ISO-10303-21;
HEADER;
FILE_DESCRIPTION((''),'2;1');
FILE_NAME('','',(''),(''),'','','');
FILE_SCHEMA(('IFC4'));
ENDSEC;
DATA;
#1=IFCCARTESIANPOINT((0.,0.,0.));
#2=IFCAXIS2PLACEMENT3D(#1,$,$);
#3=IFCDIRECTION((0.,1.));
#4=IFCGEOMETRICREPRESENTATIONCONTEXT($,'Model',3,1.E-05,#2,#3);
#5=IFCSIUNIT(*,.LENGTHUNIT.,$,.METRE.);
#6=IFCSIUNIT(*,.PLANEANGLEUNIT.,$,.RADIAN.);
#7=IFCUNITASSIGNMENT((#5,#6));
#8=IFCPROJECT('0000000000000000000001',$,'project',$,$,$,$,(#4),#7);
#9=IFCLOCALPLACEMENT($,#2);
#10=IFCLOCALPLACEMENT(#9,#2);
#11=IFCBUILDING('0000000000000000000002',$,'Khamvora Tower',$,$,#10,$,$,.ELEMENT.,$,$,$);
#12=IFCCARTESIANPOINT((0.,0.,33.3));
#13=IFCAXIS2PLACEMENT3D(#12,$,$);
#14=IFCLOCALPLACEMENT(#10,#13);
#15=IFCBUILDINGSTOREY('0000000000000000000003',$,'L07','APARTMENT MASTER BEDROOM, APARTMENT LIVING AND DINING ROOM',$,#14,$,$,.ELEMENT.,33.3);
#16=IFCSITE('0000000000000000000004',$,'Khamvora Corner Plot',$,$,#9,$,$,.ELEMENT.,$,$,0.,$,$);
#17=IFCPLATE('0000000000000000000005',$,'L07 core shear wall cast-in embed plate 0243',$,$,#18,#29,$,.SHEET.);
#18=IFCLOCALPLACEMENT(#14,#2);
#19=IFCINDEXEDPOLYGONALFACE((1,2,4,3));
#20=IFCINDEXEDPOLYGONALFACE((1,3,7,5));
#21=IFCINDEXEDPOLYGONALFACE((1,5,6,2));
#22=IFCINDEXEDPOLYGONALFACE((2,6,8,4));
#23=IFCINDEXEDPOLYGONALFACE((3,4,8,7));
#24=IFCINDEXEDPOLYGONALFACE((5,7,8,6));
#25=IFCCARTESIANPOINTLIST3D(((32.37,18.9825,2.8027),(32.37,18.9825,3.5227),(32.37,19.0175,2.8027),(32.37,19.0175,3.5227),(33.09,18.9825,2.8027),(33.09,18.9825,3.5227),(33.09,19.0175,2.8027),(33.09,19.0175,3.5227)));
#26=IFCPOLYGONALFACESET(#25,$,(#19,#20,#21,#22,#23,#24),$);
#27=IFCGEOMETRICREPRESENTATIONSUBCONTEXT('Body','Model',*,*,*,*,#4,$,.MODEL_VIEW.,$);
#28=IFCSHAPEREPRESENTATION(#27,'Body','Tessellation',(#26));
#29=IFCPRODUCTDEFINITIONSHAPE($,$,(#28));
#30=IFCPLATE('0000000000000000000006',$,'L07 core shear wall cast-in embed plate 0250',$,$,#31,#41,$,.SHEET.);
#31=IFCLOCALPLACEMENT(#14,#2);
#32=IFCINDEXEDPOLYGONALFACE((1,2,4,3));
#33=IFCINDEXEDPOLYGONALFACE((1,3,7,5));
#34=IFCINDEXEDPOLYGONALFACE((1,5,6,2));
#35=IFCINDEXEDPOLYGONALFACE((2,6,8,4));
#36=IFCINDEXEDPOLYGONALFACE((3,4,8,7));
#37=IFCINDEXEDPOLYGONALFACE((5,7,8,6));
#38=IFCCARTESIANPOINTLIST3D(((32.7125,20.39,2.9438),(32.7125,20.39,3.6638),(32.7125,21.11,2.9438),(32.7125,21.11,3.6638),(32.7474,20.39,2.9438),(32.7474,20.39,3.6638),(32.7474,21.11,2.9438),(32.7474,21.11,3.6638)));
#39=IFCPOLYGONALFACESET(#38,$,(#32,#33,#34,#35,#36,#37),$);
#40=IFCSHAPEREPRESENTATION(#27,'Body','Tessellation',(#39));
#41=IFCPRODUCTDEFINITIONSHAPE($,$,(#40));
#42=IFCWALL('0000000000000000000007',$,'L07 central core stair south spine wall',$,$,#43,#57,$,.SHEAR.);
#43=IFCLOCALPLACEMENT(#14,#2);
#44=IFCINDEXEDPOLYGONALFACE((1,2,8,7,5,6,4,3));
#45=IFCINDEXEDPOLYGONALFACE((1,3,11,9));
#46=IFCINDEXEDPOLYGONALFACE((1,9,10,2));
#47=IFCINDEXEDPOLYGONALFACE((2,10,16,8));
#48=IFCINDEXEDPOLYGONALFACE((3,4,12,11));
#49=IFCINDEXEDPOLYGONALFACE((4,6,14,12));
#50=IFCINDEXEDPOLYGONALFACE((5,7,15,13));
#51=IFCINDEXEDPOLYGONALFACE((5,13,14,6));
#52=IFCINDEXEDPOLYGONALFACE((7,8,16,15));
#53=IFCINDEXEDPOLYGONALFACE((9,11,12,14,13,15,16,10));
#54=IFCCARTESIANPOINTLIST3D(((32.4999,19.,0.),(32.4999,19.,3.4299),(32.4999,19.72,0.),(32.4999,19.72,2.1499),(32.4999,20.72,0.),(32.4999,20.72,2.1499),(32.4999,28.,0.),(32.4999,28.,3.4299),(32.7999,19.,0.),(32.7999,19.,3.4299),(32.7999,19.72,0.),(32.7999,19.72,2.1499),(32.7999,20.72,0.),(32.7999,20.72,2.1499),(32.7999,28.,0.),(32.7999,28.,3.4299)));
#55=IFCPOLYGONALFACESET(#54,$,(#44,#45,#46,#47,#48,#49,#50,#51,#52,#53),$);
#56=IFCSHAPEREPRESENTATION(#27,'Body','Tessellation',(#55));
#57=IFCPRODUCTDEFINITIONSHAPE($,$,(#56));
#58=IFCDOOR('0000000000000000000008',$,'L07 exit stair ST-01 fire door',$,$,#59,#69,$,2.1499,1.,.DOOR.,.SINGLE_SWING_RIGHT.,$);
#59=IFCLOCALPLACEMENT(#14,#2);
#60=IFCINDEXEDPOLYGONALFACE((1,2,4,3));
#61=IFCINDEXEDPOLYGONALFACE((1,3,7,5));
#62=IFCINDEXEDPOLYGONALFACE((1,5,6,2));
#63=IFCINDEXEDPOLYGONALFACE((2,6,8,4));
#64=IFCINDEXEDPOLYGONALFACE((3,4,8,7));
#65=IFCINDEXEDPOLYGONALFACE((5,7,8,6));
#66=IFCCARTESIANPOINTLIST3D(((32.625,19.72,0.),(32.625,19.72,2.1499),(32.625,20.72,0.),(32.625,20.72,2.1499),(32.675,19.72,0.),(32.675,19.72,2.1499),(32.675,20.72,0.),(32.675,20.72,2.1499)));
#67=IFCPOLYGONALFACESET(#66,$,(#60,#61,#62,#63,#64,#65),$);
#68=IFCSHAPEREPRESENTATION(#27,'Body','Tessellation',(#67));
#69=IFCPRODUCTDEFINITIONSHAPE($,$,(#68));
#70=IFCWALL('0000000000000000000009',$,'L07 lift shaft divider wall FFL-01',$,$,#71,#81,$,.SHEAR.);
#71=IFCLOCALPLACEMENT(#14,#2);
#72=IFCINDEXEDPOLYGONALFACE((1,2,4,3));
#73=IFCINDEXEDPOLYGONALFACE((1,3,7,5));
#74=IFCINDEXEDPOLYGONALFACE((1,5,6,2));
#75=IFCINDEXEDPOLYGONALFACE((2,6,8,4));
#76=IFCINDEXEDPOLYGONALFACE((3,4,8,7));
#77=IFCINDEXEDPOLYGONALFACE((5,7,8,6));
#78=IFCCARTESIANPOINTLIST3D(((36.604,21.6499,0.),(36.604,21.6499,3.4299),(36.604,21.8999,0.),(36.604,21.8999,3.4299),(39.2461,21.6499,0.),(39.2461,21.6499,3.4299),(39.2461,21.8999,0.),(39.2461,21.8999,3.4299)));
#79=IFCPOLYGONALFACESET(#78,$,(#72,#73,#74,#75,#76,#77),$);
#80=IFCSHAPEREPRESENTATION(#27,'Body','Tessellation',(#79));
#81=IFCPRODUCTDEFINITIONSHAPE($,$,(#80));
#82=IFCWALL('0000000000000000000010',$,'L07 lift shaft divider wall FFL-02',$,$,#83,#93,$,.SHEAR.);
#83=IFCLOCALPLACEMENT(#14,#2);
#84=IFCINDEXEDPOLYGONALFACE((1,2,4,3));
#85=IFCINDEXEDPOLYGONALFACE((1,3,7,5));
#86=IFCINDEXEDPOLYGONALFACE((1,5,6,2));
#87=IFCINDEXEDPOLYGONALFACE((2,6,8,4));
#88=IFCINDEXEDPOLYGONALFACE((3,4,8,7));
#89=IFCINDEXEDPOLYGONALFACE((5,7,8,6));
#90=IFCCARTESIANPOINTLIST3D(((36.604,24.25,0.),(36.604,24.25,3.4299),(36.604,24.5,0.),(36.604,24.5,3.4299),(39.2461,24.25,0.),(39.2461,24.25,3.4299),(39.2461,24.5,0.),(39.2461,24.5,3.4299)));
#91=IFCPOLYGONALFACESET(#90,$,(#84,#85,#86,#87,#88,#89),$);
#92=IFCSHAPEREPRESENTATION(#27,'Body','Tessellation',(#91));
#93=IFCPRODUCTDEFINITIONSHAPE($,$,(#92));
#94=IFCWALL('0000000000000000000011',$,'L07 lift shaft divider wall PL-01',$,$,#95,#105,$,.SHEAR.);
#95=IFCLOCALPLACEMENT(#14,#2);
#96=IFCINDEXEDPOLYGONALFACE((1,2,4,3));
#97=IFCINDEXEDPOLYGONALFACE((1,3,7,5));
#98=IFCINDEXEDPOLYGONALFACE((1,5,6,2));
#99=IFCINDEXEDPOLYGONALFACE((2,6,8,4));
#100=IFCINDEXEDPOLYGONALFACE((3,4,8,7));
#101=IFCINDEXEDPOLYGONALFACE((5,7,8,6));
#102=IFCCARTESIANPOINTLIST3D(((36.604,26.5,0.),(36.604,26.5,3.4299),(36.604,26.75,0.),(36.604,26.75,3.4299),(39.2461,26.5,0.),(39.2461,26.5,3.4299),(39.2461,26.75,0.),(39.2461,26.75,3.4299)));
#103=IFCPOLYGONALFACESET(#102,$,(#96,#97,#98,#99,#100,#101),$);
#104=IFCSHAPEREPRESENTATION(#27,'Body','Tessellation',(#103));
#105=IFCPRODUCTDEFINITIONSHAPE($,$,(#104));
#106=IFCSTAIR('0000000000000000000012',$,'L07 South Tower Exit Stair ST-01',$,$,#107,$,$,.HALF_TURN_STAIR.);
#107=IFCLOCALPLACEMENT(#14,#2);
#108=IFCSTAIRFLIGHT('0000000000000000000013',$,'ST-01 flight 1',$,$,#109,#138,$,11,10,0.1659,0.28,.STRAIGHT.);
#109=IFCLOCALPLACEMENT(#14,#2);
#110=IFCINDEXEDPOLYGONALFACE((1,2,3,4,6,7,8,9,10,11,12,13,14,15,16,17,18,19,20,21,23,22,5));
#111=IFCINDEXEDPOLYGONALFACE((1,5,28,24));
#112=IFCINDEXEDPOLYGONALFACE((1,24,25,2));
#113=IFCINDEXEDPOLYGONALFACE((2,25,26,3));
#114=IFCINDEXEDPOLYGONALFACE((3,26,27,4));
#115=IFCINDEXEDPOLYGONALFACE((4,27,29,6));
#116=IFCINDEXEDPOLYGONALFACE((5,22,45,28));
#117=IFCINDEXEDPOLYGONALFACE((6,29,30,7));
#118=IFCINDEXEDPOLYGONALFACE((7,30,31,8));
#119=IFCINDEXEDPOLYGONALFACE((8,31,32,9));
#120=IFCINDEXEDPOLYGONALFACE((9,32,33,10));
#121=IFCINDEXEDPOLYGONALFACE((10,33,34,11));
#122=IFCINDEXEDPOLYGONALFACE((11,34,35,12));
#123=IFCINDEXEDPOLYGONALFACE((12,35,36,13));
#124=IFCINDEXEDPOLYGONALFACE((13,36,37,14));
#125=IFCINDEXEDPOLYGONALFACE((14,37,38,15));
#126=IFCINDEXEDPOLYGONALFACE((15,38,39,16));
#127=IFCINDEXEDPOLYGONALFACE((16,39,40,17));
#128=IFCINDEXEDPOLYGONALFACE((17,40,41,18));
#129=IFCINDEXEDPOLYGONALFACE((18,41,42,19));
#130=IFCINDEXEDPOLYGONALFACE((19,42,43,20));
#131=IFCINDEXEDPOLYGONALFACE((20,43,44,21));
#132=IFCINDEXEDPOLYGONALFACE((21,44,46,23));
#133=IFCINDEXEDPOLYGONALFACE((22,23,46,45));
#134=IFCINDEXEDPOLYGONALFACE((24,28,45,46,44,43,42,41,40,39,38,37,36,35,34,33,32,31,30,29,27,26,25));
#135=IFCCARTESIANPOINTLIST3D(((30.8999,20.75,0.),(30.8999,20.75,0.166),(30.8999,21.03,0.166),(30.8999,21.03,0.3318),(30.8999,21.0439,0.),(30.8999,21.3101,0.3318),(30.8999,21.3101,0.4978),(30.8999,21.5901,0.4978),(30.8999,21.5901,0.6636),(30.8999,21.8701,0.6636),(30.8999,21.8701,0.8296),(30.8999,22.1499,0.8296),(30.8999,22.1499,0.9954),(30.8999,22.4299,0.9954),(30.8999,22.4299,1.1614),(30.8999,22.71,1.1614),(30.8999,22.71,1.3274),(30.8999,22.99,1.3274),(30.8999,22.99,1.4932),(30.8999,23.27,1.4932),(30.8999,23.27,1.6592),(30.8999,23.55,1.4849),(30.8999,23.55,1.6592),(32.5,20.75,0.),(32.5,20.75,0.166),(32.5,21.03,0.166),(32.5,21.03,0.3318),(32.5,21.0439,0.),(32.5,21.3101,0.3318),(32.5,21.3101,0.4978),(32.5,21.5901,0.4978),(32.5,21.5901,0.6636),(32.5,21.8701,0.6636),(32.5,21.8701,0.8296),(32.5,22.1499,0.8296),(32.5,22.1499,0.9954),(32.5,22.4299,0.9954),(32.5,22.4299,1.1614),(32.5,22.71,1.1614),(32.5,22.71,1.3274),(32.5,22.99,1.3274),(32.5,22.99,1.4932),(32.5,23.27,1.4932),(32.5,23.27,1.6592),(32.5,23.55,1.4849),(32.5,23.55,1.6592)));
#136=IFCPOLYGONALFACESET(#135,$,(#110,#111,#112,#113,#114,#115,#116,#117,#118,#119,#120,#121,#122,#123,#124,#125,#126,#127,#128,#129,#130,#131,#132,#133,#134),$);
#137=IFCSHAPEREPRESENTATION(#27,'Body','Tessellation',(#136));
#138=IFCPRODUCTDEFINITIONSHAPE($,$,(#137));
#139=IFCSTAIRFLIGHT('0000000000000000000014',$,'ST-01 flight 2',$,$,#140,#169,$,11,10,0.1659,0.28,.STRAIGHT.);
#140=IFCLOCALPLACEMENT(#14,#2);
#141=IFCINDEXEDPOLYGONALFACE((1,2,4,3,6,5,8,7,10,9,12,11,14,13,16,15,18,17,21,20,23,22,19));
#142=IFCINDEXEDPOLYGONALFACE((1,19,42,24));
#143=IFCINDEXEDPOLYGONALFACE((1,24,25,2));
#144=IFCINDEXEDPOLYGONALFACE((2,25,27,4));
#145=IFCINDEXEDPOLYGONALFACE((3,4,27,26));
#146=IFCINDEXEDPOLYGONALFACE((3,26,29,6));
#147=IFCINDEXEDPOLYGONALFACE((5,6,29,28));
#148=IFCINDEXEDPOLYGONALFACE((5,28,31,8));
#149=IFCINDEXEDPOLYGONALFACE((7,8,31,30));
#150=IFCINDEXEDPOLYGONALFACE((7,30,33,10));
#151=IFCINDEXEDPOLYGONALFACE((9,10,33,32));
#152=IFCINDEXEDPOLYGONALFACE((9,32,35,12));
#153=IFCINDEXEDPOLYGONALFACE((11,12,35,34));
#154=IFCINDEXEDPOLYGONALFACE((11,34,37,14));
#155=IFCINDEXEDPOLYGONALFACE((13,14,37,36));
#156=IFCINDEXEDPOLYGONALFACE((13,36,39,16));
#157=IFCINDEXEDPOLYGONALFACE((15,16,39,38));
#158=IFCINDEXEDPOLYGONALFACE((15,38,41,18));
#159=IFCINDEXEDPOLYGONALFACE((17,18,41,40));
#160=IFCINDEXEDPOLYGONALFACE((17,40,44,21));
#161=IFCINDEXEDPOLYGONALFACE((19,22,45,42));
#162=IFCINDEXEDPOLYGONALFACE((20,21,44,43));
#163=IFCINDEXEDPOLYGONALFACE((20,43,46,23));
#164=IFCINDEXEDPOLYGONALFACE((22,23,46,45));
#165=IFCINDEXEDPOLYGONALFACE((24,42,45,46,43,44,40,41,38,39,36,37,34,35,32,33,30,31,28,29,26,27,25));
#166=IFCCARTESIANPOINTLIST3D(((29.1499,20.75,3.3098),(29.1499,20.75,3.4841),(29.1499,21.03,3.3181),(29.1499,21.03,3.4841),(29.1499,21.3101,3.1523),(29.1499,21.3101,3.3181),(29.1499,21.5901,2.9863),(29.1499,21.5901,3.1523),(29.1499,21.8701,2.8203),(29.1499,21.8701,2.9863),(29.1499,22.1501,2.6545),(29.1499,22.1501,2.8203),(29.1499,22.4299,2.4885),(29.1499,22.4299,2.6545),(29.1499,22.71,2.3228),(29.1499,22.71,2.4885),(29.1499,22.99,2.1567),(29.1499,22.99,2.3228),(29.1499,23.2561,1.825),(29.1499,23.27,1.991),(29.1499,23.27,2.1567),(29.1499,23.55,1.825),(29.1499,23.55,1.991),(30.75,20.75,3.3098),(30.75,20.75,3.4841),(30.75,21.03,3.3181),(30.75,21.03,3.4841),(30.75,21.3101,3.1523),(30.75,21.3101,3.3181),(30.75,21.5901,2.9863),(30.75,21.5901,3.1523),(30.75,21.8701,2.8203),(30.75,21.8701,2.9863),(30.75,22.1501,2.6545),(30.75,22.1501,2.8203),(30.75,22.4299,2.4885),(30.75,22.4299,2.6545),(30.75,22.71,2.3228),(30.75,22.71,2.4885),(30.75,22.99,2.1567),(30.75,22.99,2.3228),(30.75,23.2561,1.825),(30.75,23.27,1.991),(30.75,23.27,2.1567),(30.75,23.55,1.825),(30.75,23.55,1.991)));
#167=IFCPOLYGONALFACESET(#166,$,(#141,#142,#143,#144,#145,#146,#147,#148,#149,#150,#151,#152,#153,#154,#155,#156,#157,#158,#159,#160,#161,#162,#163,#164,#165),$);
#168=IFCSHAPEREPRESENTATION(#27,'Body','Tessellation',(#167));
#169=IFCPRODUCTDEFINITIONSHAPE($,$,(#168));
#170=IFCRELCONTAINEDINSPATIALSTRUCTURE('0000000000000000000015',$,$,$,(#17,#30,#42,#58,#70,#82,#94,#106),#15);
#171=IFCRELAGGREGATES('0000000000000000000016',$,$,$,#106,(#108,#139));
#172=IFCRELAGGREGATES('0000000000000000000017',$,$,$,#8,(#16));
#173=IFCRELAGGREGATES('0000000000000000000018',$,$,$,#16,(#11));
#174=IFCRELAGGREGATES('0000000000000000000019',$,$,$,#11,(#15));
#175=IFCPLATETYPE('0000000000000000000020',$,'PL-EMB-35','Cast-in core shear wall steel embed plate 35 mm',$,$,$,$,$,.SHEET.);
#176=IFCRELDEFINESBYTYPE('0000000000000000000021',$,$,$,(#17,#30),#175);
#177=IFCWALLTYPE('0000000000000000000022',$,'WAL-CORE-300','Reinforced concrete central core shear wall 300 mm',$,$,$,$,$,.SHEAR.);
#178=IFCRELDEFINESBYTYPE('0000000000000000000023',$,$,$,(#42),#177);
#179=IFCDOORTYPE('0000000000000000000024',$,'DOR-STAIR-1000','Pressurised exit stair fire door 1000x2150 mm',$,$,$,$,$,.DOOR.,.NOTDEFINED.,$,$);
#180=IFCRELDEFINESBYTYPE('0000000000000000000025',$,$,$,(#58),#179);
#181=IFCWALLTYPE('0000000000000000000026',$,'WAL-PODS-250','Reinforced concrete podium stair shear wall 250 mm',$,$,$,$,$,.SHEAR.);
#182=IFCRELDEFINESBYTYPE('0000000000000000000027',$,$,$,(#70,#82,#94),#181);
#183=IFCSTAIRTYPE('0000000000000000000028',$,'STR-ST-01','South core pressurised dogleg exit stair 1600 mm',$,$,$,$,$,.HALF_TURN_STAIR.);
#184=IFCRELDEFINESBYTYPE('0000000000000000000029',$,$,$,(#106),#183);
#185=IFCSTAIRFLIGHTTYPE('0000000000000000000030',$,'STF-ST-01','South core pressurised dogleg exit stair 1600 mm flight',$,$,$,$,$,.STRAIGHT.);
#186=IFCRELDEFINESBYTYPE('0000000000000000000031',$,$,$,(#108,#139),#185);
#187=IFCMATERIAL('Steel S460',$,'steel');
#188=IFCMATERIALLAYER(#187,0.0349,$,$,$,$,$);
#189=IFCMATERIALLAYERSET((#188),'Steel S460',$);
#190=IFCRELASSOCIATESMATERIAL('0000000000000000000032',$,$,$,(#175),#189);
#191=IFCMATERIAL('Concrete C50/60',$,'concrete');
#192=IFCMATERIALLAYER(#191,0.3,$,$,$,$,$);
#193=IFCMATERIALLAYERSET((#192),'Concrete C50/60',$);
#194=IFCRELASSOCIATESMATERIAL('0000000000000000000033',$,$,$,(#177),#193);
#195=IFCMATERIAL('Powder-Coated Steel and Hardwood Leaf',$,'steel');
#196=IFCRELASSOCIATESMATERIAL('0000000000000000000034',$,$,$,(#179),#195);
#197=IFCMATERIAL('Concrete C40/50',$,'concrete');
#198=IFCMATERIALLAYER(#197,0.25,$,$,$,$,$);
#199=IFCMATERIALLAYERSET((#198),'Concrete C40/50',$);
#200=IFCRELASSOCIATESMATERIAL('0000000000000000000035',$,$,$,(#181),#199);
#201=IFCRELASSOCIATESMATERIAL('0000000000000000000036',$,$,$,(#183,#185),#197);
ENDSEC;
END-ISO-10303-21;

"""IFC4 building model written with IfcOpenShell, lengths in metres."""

from ifc_helpers import new_model, si_unit, direction, frame, frame_2d, origin, origin_2d, place, context, subcontext, project, spatial, polyline, rectangle, outline, extrude, material, layer, layer_set, type_object, element, fill, aggregate, save


model = new_model("IFC4")

# Units and contexts
model_context = context("Model", 3, precision=1e-05, world=origin(), true_north=direction((0.0, 1.0)))
body_context = subcontext(model_context, "Body", "Model", "MODEL_VIEW")
ifc_project = project(units=[si_unit("LENGTHUNIT", "METRE"), si_unit("PLANEANGLEUNIT", "RADIAN")], contexts=[model_context])

# Site, building, storey
site_placement = place(None, origin())
site = spatial("IfcSite", under=ifc_project, at=site_placement, Name="Khamvora Corner Plot", CompositionType="ELEMENT", RefElevation=0.0)
building_placement = place(site_placement, origin())
building = spatial("IfcBuilding", under=site, at=building_placement, Name="Khamvora Tower", CompositionType="ELEMENT")
storey_placement = place(building_placement, frame((0.0, 0.0, 33.3)))
storey = spatial("IfcBuildingStorey", under=building, at=storey_placement, Name="L07", Description="APARTMENT MASTER BEDROOM, APARTMENT LIVING AND DINING ROOM", CompositionType="ELEMENT", Elevation=33.3)

# Shared definitions
ifc_material_1 = material(Name="Steel S460", Category="steel")

# Plates
ifc_layer_1 = layer(ifc_material_1, 0.0349)
ifc_layer_set_1 = layer_set([ifc_layer_1], Name="Steel S460")
plate_type = type_object("IfcPlateType", Name="PL-EMB-35", Description="Cast-in core shear wall steel embed plate 35 mm", PredefinedType="SHEET", material=ifc_layer_set_1)
plate_1_placement = place(storey_placement, frame((32.73, 19.0, 2.8027), z_axis=(0.0, 0.0, 1.0), x_axis=(1.0, 0.0, 0.0)))
element("IfcPlate", 1, at=plate_1_placement, inside=storey, type_object=plate_type, Name="L07 core shear wall cast-in embed plate 0243", PredefinedType="SHEET", context=body_context, shape_type="SweptSolid", body=[
    extrude(rectangle(XDim=0.72, YDim=0.0349, at=origin_2d()), origin(), (0.0, 0.0, 1.0), 0.72),
])
plate_2_placement = place(storey_placement, frame((32.73, 20.75, 2.9438), z_axis=(0.0, 0.0, 1.0), x_axis=(1.0, 0.0, 0.0)))
element("IfcPlate", 2, at=plate_2_placement, inside=storey, type_object=plate_type, Name="L07 core shear wall cast-in embed plate 0250", PredefinedType="SHEET", context=body_context, shape_type="SweptSolid", body=[
    extrude(rectangle(XDim=0.0349, YDim=0.72, at=origin_2d()), origin(), (0.0, 0.0, 1.0), 0.72),
])

# Wall, opening, door
ifc_material_2 = material(Name="Concrete C50/60", Category="concrete")
ifc_layer_2 = layer(ifc_material_2, 0.3)
ifc_layer_set_2 = layer_set([ifc_layer_2], Name="Concrete C50/60")
wall_type_1 = type_object("IfcWallType", Name="WAL-CORE-300", Description="Reinforced concrete central core shear wall 300 mm", PredefinedType="SHEAR", material=ifc_layer_set_2)
wall_1_placement = place(storey_placement, frame((32.6499, 19.0, 0.0), z_axis=(0.0, 0.0, 1.0), x_axis=(0.0, 1.0, 0.0)))
wall_1 = element("IfcWall", 3, at=wall_1_placement, inside=storey, type_object=wall_type_1, Name="L07 central core stair south spine wall", PredefinedType="SHEAR", context=body_context, shape_type="SweptSolid", body=[
    extrude(rectangle(XDim=9.0, YDim=0.3, at=frame_2d((4.5, 0.0))), origin(), (0.0, 0.0, 1.0), 3.4299),
])
opening_1_placement = place(wall_1_placement, frame((0.72, 0.0, 0.0)))
opening_1 = element("IfcOpeningElement", 4, at=opening_1_placement, cuts=wall_1, PredefinedType="OPENING", context=body_context, shape_type="SweptSolid", body=[
    extrude(rectangle(XDim=1.0, YDim=2.1499, at=frame_2d((0.5, 1.075))), frame((0.0, 0.1599, 0.0), z_axis=(0.0, -1.0, 0.0), x_axis=(1.0, 0.0, 0.0)), (0.0, 0.0, 1.0), 0.3201),
])
ifc_material_3 = material(Name="Powder-Coated Steel and Hardwood Leaf", Category="steel")
door_type_1 = type_object("IfcDoorType", Name="DOR-STAIR-1000", Description="Pressurised exit stair fire door 1000x2150 mm", OperationType="NOTDEFINED", PredefinedType="DOOR", material=ifc_material_3)
door_1_placement = place(opening_1_placement, origin())
door_1 = element("IfcDoor", 5, at=door_1_placement, inside=storey, type_object=door_type_1, Name="L07 exit stair ST-01 fire door", OperationType="SINGLE_SWING_RIGHT", OverallHeight=2.1499, OverallWidth=1.0, PredefinedType="DOOR", context=body_context, shape_type="SweptSolid", body=[
    extrude(rectangle(XDim=1.0, YDim=2.1499, at=frame_2d((0.5, 1.075))), frame((0.0, 0.0249, 0.0), z_axis=(0.0, -1.0, 0.0), x_axis=(1.0, 0.0, 0.0)), (0.0, 0.0, 1.0), 0.05),
])
fill(opening_1, door_1)

# Walls
ifc_material_4 = material(Name="Concrete C40/50", Category="concrete")
ifc_layer_3 = layer(ifc_material_4, 0.25)
ifc_layer_set_3 = layer_set([ifc_layer_3], Name="Concrete C40/50")
wall_type_2 = type_object("IfcWallType", Name="WAL-PODS-250", Description="Reinforced concrete podium stair shear wall 250 mm", PredefinedType="SHEAR", material=ifc_layer_set_3)
for number, where, z_axis, x_axis, name in (
    (6, (36.604, 21.7749, 0.0), (0.0, 0.0, 1.0), (1.0, 0.0, 0.0), "L07 lift shaft divider wall FFL-01"),
    (7, (36.604, 24.375, 0.0), (0.0, 0.0, 1.0), (1.0, 0.0, 0.0), "L07 lift shaft divider wall FFL-02"),
    (8, (36.604, 26.625, 0.0), (0.0, 0.0, 1.0), (1.0, 0.0, 0.0), "L07 lift shaft divider wall PL-01"),
):
    element("IfcWall", number, at=place(storey_placement, frame(where, z_axis=z_axis, x_axis=x_axis)), inside=storey, type_object=wall_type_2, Name=name, PredefinedType="SHEAR", context=body_context, shape_type="SweptSolid", body=[
        extrude(rectangle(XDim=2.6421, YDim=0.25, at=frame_2d((1.321, 0.0))), origin(), (0.0, 0.0, 1.0), 3.4299),
    ])

# Stair, stair flights
stair_type = type_object("IfcStairType", Name="STR-ST-01", Description="South core pressurised dogleg exit stair 1600 mm", PredefinedType="HALF_TURN_STAIR", material=ifc_material_4)
stair_placement = place(storey_placement, origin())
stair = element("IfcStair", 9, at=stair_placement, inside=storey, type_object=stair_type, Name="L07 South Tower Exit Stair ST-01", PredefinedType="HALF_TURN_STAIR")
stair_flight_type = type_object("IfcStairFlightType", Name="STF-ST-01", Description="South core pressurised dogleg exit stair 1600 mm flight", PredefinedType="STRAIGHT", material=ifc_material_4)
stair_flight_1_placement = place(storey_placement, frame((31.7, 20.75, 0.0), z_axis=(0.0, 0.0, 1.0), x_axis=(0.0, 1.0, 0.0)))
stair_flight_1 = element("IfcStairFlight", 10, at=stair_flight_1_placement, type_object=stair_flight_type, Name="ST-01 flight 1", NumberOfRisers=11, NumberOfTreads=10, PredefinedType="STRAIGHT", RiserHeight=0.1659, TreadLength=0.28, context=body_context, shape_type="SweptSolid", body=[
    extrude(outline(polyline([(0.0, 0.0), (0.0, 0.166), (0.28, 0.166), (0.28, 0.3318), (0.5601, 0.3318), (0.5601, 0.4978), (0.8401, 0.4978), (0.8401, 0.6636), (1.1201, 0.6636), (1.1201, 0.8296), (1.3999, 0.8296), (1.3999, 0.9954), (1.6799, 0.9954), (1.6799, 1.1614), (1.96, 1.1614), (1.96, 1.3274), (2.24, 1.3274), (2.24, 1.4932), (2.52, 1.4932), (2.52, 1.6592), (2.8, 1.6592), (2.8, 1.825), (2.8, 1.4849), (0.2939, 0.0), (0.0, 0.0)])), frame((0.0, 0.8, 0.0), z_axis=(0.0, -1.0, 0.0), x_axis=(1.0, 0.0, 0.0)), (0.0, 0.0, 1.0), 1.6001),
])
stair_flight_2_placement = place(storey_placement, frame((29.95, 23.55, 1.825), z_axis=(0.0, 0.0, 1.0), x_axis=(0.0, -1.0, 0.0)))
stair_flight_2 = element("IfcStairFlight", 11, at=stair_flight_2_placement, type_object=stair_flight_type, Name="ST-01 flight 2", NumberOfRisers=11, NumberOfTreads=10, PredefinedType="STRAIGHT", RiserHeight=0.1659, TreadLength=0.28, context=body_context, shape_type="SweptSolid", body=[
    extrude(outline(polyline([(0.0, 0.0), (0.0, 0.166), (0.28, 0.166), (0.28, 0.3318), (0.5601, 0.3318), (0.5601, 0.4978), (0.8401, 0.4978), (0.8401, 0.6636), (1.1201, 0.6636), (1.1201, 0.8296), (1.3999, 0.8296), (1.3999, 0.9954), (1.6799, 0.9954), (1.6799, 1.1614), (1.96, 1.1614), (1.96, 1.3274), (2.24, 1.3274), (2.24, 1.4932), (2.52, 1.4932), (2.52, 1.6592), (2.8, 1.6592), (2.8, 1.825), (2.8, 1.4849), (0.2939, 0.0), (0.0, 0.0)])), frame((0.0, 0.8, 0.0), z_axis=(0.0, -1.0, 0.0), x_axis=(1.0, 0.0, 0.0)), (0.0, 0.0, 1.0), 1.6001),
])
aggregate(stair, [stair_flight_1, stair_flight_2])

save(model, "model.ifc")
